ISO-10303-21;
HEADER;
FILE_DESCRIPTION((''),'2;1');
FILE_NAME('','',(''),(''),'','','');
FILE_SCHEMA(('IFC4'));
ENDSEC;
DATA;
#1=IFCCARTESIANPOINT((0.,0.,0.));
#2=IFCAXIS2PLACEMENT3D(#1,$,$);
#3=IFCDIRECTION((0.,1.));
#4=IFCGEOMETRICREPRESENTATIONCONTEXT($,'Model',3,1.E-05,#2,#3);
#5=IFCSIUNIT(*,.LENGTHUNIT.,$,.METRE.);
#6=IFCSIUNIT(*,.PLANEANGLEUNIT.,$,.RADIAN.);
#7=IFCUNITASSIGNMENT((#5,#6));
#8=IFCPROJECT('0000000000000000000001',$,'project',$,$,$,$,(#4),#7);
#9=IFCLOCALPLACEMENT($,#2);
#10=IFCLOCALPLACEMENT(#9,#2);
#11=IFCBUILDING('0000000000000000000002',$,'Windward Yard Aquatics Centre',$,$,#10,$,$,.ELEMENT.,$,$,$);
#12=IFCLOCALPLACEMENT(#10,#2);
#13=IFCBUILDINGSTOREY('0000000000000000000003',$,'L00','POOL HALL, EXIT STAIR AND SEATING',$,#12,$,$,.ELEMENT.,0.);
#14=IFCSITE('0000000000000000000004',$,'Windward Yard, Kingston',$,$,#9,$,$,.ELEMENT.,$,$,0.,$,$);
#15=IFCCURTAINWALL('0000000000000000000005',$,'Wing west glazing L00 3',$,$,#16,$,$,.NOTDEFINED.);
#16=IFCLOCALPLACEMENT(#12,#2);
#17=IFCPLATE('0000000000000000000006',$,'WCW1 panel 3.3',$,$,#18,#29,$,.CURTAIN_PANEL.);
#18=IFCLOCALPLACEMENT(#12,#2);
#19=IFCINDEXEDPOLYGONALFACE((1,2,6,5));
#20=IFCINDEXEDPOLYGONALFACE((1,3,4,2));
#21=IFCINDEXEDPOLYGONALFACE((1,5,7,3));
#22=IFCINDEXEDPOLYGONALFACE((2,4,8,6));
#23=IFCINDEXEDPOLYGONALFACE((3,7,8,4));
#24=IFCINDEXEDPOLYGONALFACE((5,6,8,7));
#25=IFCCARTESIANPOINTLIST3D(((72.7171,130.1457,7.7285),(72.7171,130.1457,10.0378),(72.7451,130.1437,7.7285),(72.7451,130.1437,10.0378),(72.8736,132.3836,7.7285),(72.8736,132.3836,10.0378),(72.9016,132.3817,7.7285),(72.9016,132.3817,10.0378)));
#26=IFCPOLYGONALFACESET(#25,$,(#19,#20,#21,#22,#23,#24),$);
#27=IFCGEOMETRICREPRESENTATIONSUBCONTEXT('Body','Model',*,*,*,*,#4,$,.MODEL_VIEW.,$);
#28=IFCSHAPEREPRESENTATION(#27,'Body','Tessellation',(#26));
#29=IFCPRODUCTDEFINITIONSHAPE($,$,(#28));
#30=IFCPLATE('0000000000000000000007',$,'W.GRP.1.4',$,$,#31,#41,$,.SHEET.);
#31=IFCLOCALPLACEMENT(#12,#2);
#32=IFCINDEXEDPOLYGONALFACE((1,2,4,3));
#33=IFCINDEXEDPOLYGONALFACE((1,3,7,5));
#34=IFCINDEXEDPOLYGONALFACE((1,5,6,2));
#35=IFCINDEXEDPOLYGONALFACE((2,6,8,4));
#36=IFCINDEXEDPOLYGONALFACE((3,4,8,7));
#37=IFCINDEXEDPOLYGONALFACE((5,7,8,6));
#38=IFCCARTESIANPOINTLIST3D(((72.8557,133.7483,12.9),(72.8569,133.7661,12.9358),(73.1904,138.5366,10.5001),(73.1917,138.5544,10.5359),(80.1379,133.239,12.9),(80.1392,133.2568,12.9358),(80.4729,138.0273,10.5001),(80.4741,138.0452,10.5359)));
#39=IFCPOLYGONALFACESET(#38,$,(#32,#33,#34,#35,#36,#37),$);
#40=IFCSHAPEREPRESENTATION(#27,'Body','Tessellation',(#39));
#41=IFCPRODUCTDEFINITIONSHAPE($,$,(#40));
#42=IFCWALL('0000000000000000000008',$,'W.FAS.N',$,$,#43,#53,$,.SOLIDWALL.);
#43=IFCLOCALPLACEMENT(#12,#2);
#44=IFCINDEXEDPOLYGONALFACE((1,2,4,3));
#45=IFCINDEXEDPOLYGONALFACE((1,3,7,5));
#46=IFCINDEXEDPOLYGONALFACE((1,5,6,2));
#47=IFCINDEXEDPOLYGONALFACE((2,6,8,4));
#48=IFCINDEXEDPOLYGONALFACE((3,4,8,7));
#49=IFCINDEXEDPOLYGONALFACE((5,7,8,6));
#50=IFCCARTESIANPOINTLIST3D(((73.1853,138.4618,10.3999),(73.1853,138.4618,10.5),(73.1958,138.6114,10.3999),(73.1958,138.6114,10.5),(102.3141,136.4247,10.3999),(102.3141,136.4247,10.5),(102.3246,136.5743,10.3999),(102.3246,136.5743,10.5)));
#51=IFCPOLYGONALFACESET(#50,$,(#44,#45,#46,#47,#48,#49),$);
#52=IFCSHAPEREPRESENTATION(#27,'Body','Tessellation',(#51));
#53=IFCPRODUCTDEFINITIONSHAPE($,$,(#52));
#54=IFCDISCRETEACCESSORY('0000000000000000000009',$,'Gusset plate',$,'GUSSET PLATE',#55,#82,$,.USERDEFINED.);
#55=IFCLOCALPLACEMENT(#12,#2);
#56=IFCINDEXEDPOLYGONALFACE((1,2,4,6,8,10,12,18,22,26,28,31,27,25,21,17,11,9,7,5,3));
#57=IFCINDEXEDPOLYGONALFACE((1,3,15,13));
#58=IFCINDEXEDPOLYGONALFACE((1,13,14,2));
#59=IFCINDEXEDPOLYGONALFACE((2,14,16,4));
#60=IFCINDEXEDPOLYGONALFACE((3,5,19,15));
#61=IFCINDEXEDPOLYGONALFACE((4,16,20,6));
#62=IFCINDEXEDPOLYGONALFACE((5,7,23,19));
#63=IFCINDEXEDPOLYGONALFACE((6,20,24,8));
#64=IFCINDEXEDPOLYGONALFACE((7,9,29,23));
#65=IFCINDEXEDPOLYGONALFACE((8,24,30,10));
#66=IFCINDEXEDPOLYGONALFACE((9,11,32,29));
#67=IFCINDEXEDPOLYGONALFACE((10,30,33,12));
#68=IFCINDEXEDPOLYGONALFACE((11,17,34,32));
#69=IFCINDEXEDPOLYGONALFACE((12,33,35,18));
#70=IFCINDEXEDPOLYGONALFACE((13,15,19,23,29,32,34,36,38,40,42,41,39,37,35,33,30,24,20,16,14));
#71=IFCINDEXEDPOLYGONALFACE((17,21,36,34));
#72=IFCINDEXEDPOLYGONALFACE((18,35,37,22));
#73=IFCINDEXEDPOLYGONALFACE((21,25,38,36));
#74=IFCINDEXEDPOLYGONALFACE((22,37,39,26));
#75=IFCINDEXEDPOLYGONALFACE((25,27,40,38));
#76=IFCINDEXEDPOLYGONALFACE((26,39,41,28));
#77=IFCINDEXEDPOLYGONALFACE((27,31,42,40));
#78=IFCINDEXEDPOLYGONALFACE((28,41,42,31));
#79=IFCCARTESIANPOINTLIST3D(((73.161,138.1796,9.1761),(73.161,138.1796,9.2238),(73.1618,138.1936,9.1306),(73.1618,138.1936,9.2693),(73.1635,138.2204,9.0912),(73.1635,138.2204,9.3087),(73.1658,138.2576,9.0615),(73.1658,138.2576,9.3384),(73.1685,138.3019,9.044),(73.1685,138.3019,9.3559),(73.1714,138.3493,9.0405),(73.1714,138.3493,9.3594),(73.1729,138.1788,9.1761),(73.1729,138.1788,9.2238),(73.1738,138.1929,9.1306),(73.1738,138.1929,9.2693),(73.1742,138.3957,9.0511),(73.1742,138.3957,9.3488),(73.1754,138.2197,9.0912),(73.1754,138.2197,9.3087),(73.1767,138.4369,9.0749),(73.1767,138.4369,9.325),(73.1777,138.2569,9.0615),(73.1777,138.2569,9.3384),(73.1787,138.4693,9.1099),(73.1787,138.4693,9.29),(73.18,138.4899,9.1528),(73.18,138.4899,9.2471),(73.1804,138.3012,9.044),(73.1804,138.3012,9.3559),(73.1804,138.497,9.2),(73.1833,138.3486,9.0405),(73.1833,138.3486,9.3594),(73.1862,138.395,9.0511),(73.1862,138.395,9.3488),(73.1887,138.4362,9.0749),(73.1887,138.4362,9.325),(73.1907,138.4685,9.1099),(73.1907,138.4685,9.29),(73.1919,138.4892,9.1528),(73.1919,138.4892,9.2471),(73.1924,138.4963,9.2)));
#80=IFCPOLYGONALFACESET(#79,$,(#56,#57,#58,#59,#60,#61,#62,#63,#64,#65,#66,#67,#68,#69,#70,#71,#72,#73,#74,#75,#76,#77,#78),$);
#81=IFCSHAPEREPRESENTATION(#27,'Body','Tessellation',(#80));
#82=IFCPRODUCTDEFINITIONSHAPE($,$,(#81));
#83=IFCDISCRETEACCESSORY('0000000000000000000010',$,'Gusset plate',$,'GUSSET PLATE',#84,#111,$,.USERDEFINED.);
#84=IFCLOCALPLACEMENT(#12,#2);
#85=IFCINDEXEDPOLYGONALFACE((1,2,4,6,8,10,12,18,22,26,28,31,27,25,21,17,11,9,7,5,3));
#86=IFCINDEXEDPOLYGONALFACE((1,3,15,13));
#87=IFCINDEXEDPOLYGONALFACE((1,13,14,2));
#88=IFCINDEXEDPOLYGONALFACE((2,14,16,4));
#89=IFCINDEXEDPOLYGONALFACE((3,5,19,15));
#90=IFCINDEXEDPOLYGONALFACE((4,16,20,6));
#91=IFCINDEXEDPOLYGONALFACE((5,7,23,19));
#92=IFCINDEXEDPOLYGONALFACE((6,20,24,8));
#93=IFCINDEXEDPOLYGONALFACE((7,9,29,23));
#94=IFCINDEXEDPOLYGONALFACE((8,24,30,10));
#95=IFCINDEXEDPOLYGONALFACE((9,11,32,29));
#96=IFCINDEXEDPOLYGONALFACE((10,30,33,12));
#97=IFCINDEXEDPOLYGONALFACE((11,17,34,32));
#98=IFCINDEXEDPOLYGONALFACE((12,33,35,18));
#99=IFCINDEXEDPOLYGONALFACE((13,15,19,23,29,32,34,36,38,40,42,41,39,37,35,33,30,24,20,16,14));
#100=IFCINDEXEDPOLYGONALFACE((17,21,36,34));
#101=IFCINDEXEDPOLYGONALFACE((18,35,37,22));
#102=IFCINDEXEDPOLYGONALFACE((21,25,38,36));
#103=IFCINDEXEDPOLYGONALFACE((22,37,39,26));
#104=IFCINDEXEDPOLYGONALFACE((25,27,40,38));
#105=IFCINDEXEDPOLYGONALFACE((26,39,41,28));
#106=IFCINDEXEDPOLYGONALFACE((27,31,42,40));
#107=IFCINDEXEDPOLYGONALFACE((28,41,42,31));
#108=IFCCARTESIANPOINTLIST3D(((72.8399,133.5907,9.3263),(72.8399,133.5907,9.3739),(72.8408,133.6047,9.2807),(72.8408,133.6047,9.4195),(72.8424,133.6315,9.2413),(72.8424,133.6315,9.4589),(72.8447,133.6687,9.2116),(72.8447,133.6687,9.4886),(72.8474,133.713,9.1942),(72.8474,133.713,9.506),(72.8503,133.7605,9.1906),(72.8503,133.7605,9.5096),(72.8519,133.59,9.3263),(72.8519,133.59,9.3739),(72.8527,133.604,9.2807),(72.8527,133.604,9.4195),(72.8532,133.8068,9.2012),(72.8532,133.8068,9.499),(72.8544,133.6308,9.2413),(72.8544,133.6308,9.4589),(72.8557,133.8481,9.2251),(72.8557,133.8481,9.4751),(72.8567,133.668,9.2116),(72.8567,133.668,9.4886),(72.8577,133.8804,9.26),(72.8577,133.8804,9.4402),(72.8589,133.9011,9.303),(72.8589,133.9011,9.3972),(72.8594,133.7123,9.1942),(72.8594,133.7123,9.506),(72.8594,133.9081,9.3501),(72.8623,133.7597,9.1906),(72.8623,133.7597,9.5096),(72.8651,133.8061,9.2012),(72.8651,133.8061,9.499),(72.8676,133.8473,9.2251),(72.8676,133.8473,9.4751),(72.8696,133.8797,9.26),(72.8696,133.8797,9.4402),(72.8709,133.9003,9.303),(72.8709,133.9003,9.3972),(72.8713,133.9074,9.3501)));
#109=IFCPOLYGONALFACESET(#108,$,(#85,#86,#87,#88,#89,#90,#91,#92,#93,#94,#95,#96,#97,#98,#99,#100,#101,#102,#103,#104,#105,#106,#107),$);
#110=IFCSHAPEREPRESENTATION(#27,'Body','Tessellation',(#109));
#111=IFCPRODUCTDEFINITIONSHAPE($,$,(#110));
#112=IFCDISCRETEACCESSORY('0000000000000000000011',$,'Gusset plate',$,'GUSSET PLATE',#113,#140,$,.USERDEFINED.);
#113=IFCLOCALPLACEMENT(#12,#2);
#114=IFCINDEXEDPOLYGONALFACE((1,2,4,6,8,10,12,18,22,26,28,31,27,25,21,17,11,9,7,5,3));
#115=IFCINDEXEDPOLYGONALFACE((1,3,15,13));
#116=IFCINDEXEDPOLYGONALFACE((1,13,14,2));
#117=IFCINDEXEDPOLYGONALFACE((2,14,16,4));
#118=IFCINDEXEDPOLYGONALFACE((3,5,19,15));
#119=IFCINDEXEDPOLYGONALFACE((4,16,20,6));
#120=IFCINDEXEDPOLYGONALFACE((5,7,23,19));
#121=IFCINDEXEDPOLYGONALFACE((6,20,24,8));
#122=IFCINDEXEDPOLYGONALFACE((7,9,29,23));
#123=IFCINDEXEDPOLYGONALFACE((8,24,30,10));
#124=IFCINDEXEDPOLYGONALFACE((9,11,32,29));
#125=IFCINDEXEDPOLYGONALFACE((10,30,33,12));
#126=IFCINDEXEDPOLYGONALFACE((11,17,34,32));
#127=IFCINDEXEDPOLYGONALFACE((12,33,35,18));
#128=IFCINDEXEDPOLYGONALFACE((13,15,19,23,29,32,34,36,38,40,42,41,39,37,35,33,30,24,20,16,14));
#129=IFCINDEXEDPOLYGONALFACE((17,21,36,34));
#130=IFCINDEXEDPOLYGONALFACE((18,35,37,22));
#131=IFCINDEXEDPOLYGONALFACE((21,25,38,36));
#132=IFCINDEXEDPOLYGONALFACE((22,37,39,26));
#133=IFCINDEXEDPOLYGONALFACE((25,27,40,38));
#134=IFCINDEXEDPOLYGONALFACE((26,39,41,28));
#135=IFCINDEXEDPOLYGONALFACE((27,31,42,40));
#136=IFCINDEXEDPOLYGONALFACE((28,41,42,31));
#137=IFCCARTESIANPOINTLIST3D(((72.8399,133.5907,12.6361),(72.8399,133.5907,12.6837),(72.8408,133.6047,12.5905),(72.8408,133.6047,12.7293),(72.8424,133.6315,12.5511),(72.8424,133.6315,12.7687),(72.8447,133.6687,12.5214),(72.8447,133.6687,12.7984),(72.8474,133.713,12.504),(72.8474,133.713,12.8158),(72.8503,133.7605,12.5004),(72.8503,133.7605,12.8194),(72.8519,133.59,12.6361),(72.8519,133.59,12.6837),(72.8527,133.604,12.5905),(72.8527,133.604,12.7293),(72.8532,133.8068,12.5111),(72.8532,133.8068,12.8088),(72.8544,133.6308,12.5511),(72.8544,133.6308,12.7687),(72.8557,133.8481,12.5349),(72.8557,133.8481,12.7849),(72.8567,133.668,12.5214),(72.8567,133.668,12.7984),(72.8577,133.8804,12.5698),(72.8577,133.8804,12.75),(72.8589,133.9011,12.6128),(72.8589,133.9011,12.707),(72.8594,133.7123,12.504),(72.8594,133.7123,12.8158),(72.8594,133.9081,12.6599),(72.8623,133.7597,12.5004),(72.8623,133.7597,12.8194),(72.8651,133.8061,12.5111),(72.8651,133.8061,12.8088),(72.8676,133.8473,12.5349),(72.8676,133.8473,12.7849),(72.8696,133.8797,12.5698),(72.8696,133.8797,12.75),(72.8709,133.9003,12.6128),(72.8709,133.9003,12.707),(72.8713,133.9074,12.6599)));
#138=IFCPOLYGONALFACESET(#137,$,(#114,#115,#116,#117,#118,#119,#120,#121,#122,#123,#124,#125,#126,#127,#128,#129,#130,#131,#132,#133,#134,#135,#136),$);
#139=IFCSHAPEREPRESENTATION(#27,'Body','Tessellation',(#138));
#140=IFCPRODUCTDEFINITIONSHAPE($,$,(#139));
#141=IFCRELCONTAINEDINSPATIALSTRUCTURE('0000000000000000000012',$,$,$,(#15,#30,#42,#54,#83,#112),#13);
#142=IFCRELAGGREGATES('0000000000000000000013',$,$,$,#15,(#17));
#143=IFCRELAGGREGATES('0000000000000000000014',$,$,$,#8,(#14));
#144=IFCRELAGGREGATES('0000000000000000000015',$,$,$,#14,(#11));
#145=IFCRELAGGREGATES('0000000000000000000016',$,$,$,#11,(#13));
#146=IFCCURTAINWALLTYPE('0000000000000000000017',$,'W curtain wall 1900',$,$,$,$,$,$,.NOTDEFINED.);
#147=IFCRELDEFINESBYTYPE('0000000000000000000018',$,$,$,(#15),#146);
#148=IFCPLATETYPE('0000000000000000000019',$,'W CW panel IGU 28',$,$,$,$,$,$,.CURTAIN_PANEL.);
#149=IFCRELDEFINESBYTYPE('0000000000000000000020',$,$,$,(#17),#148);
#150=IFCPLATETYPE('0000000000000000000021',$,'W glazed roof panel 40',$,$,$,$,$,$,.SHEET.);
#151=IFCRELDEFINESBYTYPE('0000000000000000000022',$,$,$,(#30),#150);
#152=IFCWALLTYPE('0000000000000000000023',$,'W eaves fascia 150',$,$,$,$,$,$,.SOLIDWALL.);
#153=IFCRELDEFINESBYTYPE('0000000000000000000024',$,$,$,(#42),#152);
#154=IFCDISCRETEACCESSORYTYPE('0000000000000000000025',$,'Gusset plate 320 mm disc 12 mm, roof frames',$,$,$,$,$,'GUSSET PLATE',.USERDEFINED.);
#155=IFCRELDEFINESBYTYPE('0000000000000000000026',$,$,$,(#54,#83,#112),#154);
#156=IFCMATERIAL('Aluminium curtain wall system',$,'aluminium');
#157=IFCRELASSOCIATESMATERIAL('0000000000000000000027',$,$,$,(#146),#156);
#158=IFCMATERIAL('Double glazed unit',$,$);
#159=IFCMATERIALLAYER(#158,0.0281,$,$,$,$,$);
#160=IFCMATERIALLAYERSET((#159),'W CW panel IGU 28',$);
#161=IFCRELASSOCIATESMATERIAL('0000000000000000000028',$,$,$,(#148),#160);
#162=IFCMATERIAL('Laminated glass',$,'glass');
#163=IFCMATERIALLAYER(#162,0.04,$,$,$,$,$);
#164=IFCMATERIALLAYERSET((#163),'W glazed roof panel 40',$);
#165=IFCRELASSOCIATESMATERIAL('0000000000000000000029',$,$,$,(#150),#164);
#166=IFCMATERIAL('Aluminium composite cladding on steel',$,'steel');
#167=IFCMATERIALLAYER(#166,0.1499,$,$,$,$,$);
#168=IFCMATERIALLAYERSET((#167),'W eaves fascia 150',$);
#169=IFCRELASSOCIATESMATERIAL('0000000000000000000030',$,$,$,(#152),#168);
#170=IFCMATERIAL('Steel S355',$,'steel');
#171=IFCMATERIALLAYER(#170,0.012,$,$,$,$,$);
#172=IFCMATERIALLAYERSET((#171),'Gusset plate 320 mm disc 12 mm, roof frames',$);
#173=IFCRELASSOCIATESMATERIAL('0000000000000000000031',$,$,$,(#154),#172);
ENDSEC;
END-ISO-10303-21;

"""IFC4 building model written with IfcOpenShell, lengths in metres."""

from ifc_helpers import new_model, si_unit, direction, frame, frame_2d, origin, origin_2d, place, context, subcontext, project, spatial, polyline, rectangle, circle, outline, extrude, material, layer, layer_set, type_object, element, aggregate, save


model = new_model("IFC4")

# Units and contexts
model_context = context("Model", 3, precision=1e-05, world=origin(), true_north=direction((0.0, 1.0)))
body_context = subcontext(model_context, "Body", "Model", "MODEL_VIEW")
ifc_project = project(units=[si_unit("LENGTHUNIT", "METRE"), si_unit("PLANEANGLEUNIT", "RADIAN")], contexts=[model_context])

# Site, building, storey
site_placement = place(None, origin())
site = spatial("IfcSite", under=ifc_project, at=site_placement, Name="Windward Yard, Kingston", CompositionType="ELEMENT", RefElevation=0.0)
building_placement = place(site_placement, origin())
building = spatial("IfcBuilding", under=site, at=building_placement, Name="Windward Yard Aquatics Centre", CompositionType="ELEMENT")
storey_placement = place(building_placement, origin())
storey = spatial("IfcBuildingStorey", under=building, at=storey_placement, Name="L00", Description="POOL HALL, EXIT STAIR AND SEATING", CompositionType="ELEMENT", Elevation=0.0)

# Shared definitions
ifc_material_1 = material(Name="Steel S355", Category="steel")

# Curtain wall
ifc_material_2 = material(Name="Aluminium curtain wall system", Category="aluminium")
curtain_wall_type = type_object("IfcCurtainWallType", Name="W curtain wall 1900", PredefinedType="NOTDEFINED", material=ifc_material_2)
curtain_wall_1_placement = place(storey_placement, origin())
curtain_wall_1 = element("IfcCurtainWall", 1, at=curtain_wall_1_placement, inside=storey, type_object=curtain_wall_type, Name="Wing west glazing L00 3", PredefinedType="NOTDEFINED")

# Plates
ifc_material_3 = material(Name="Double glazed unit")
ifc_layer_1 = layer(ifc_material_3, 0.0281)
ifc_layer_set_1 = layer_set([ifc_layer_1], Name="W CW panel IGU 28")
plate_type_1 = type_object("IfcPlateType", Name="W CW panel IGU 28", PredefinedType="CURTAIN_PANEL", material=ifc_layer_set_1)
plate_1_placement = place(storey_placement, frame((72.8093, 131.2637, 7.7285), z_axis=(0.0, 0.0, 1.0), x_axis=(0.069758, 0.997564, 0.0)))
plate_1 = element("IfcPlate", 2, at=plate_1_placement, type_object=plate_type_1, Name="WCW1 panel 3.3", PredefinedType="CURTAIN_PANEL", context=body_context, shape_type="SweptSolid", body=[
    extrude(rectangle(XDim=2.2434, YDim=0.0281, at=origin_2d()), origin(), (0.0, 0.0, 1.0), 2.3093),
])
aggregate(curtain_wall_1, [plate_1])
ifc_material_4 = material(Name="Laminated glass", Category="glass")
ifc_layer_2 = layer(ifc_material_4, 0.04)
ifc_layer_set_2 = layer_set([ifc_layer_2], Name="W glazed roof panel 40")
plate_type_2 = type_object("IfcPlateType", Name="W glazed roof panel 40", PredefinedType="SHEET", material=ifc_layer_set_2)
plate_2_placement = place(storey_placement, frame((72.8569, 133.7661, 12.9358), z_axis=(0.031198, 0.446108, 0.894435), x_axis=(0.997564, -0.069764, 0.0)))
element("IfcPlate", 3, at=plate_2_placement, inside=storey, type_object=plate_type_2, Name="W.GRP.1.4", PredefinedType="SHEET", context=body_context, shape_type="SweptSolid", body=[
    extrude(outline(polyline([(0.0, 0.0), (7.3, 0.0), (7.3001, 5.3665), (-0.0002, 5.3665), (0.0, 0.0)])), origin(), (0.0, 0.0, -1.0), 0.04),
])

# Wall
ifc_material_5 = material(Name="Aluminium composite cladding on steel", Category="steel")
ifc_layer_3 = layer(ifc_material_5, 0.1499)
ifc_layer_set_3 = layer_set([ifc_layer_3], Name="W eaves fascia 150")
wall_type = type_object("IfcWallType", Name="W eaves fascia 150", PredefinedType="SOLIDWALL", material=ifc_layer_set_3)
wall_placement = place(storey_placement, frame((73.1904, 138.5366, 10.3999), z_axis=(0.0, 0.0, 1.0), x_axis=(0.997564, -0.069764, 0.0)))
element("IfcWall", 4, at=wall_placement, inside=storey, type_object=wall_type, Name="W.FAS.N", PredefinedType="SOLIDWALL", context=body_context, shape_type="SweptSolid", body=[
    extrude(rectangle(XDim=29.2, YDim=0.1499, at=frame_2d((14.6001, 0.0))), origin(), (0.0, 0.0, 1.0), 0.1001),
])

# Discrete accessories
ifc_layer_4 = layer(ifc_material_1, 0.012)
ifc_layer_set_4 = layer_set([ifc_layer_4], Name="Gusset plate 320 mm disc 12 mm, roof frames")
discrete_accessory_type = type_object("IfcDiscreteAccessoryType", Name="Gusset plate 320 mm disc 12 mm, roof frames", ElementType="GUSSET PLATE", PredefinedType="USERDEFINED", material=ifc_layer_set_4)
for number, where, z_axis, x_axis, name in (
    (5, (73.1707, 138.3374, 9.2), (0.998131, -0.06111, 0.0), (0.06111, 0.998131, 0.0), "Gusset plate"),
    (6, (72.8496, 133.7485, 9.3501), (0.998131, -0.06111, 0.0), (0.06111, 0.998131, 0.0), "Gusset plate"),
    (7, (72.8496, 133.7485, 12.6599), (0.998131, -0.06111, 0.0), (0.06111, 0.998131, 0.0), "Gusset plate"),
):
    element("IfcDiscreteAccessory", number, at=place(storey_placement, frame(where, z_axis=z_axis, x_axis=x_axis)), inside=storey, type_object=discrete_accessory_type, Name=name, ObjectType="GUSSET PLATE", PredefinedType="USERDEFINED", context=body_context, shape_type="SweptSolid", body=[
        extrude(circle(Radius=0.1599, at=origin_2d()), origin(), (0.0, 0.0, 1.0), 0.012),
    ])

save(model, "model.ifc")
